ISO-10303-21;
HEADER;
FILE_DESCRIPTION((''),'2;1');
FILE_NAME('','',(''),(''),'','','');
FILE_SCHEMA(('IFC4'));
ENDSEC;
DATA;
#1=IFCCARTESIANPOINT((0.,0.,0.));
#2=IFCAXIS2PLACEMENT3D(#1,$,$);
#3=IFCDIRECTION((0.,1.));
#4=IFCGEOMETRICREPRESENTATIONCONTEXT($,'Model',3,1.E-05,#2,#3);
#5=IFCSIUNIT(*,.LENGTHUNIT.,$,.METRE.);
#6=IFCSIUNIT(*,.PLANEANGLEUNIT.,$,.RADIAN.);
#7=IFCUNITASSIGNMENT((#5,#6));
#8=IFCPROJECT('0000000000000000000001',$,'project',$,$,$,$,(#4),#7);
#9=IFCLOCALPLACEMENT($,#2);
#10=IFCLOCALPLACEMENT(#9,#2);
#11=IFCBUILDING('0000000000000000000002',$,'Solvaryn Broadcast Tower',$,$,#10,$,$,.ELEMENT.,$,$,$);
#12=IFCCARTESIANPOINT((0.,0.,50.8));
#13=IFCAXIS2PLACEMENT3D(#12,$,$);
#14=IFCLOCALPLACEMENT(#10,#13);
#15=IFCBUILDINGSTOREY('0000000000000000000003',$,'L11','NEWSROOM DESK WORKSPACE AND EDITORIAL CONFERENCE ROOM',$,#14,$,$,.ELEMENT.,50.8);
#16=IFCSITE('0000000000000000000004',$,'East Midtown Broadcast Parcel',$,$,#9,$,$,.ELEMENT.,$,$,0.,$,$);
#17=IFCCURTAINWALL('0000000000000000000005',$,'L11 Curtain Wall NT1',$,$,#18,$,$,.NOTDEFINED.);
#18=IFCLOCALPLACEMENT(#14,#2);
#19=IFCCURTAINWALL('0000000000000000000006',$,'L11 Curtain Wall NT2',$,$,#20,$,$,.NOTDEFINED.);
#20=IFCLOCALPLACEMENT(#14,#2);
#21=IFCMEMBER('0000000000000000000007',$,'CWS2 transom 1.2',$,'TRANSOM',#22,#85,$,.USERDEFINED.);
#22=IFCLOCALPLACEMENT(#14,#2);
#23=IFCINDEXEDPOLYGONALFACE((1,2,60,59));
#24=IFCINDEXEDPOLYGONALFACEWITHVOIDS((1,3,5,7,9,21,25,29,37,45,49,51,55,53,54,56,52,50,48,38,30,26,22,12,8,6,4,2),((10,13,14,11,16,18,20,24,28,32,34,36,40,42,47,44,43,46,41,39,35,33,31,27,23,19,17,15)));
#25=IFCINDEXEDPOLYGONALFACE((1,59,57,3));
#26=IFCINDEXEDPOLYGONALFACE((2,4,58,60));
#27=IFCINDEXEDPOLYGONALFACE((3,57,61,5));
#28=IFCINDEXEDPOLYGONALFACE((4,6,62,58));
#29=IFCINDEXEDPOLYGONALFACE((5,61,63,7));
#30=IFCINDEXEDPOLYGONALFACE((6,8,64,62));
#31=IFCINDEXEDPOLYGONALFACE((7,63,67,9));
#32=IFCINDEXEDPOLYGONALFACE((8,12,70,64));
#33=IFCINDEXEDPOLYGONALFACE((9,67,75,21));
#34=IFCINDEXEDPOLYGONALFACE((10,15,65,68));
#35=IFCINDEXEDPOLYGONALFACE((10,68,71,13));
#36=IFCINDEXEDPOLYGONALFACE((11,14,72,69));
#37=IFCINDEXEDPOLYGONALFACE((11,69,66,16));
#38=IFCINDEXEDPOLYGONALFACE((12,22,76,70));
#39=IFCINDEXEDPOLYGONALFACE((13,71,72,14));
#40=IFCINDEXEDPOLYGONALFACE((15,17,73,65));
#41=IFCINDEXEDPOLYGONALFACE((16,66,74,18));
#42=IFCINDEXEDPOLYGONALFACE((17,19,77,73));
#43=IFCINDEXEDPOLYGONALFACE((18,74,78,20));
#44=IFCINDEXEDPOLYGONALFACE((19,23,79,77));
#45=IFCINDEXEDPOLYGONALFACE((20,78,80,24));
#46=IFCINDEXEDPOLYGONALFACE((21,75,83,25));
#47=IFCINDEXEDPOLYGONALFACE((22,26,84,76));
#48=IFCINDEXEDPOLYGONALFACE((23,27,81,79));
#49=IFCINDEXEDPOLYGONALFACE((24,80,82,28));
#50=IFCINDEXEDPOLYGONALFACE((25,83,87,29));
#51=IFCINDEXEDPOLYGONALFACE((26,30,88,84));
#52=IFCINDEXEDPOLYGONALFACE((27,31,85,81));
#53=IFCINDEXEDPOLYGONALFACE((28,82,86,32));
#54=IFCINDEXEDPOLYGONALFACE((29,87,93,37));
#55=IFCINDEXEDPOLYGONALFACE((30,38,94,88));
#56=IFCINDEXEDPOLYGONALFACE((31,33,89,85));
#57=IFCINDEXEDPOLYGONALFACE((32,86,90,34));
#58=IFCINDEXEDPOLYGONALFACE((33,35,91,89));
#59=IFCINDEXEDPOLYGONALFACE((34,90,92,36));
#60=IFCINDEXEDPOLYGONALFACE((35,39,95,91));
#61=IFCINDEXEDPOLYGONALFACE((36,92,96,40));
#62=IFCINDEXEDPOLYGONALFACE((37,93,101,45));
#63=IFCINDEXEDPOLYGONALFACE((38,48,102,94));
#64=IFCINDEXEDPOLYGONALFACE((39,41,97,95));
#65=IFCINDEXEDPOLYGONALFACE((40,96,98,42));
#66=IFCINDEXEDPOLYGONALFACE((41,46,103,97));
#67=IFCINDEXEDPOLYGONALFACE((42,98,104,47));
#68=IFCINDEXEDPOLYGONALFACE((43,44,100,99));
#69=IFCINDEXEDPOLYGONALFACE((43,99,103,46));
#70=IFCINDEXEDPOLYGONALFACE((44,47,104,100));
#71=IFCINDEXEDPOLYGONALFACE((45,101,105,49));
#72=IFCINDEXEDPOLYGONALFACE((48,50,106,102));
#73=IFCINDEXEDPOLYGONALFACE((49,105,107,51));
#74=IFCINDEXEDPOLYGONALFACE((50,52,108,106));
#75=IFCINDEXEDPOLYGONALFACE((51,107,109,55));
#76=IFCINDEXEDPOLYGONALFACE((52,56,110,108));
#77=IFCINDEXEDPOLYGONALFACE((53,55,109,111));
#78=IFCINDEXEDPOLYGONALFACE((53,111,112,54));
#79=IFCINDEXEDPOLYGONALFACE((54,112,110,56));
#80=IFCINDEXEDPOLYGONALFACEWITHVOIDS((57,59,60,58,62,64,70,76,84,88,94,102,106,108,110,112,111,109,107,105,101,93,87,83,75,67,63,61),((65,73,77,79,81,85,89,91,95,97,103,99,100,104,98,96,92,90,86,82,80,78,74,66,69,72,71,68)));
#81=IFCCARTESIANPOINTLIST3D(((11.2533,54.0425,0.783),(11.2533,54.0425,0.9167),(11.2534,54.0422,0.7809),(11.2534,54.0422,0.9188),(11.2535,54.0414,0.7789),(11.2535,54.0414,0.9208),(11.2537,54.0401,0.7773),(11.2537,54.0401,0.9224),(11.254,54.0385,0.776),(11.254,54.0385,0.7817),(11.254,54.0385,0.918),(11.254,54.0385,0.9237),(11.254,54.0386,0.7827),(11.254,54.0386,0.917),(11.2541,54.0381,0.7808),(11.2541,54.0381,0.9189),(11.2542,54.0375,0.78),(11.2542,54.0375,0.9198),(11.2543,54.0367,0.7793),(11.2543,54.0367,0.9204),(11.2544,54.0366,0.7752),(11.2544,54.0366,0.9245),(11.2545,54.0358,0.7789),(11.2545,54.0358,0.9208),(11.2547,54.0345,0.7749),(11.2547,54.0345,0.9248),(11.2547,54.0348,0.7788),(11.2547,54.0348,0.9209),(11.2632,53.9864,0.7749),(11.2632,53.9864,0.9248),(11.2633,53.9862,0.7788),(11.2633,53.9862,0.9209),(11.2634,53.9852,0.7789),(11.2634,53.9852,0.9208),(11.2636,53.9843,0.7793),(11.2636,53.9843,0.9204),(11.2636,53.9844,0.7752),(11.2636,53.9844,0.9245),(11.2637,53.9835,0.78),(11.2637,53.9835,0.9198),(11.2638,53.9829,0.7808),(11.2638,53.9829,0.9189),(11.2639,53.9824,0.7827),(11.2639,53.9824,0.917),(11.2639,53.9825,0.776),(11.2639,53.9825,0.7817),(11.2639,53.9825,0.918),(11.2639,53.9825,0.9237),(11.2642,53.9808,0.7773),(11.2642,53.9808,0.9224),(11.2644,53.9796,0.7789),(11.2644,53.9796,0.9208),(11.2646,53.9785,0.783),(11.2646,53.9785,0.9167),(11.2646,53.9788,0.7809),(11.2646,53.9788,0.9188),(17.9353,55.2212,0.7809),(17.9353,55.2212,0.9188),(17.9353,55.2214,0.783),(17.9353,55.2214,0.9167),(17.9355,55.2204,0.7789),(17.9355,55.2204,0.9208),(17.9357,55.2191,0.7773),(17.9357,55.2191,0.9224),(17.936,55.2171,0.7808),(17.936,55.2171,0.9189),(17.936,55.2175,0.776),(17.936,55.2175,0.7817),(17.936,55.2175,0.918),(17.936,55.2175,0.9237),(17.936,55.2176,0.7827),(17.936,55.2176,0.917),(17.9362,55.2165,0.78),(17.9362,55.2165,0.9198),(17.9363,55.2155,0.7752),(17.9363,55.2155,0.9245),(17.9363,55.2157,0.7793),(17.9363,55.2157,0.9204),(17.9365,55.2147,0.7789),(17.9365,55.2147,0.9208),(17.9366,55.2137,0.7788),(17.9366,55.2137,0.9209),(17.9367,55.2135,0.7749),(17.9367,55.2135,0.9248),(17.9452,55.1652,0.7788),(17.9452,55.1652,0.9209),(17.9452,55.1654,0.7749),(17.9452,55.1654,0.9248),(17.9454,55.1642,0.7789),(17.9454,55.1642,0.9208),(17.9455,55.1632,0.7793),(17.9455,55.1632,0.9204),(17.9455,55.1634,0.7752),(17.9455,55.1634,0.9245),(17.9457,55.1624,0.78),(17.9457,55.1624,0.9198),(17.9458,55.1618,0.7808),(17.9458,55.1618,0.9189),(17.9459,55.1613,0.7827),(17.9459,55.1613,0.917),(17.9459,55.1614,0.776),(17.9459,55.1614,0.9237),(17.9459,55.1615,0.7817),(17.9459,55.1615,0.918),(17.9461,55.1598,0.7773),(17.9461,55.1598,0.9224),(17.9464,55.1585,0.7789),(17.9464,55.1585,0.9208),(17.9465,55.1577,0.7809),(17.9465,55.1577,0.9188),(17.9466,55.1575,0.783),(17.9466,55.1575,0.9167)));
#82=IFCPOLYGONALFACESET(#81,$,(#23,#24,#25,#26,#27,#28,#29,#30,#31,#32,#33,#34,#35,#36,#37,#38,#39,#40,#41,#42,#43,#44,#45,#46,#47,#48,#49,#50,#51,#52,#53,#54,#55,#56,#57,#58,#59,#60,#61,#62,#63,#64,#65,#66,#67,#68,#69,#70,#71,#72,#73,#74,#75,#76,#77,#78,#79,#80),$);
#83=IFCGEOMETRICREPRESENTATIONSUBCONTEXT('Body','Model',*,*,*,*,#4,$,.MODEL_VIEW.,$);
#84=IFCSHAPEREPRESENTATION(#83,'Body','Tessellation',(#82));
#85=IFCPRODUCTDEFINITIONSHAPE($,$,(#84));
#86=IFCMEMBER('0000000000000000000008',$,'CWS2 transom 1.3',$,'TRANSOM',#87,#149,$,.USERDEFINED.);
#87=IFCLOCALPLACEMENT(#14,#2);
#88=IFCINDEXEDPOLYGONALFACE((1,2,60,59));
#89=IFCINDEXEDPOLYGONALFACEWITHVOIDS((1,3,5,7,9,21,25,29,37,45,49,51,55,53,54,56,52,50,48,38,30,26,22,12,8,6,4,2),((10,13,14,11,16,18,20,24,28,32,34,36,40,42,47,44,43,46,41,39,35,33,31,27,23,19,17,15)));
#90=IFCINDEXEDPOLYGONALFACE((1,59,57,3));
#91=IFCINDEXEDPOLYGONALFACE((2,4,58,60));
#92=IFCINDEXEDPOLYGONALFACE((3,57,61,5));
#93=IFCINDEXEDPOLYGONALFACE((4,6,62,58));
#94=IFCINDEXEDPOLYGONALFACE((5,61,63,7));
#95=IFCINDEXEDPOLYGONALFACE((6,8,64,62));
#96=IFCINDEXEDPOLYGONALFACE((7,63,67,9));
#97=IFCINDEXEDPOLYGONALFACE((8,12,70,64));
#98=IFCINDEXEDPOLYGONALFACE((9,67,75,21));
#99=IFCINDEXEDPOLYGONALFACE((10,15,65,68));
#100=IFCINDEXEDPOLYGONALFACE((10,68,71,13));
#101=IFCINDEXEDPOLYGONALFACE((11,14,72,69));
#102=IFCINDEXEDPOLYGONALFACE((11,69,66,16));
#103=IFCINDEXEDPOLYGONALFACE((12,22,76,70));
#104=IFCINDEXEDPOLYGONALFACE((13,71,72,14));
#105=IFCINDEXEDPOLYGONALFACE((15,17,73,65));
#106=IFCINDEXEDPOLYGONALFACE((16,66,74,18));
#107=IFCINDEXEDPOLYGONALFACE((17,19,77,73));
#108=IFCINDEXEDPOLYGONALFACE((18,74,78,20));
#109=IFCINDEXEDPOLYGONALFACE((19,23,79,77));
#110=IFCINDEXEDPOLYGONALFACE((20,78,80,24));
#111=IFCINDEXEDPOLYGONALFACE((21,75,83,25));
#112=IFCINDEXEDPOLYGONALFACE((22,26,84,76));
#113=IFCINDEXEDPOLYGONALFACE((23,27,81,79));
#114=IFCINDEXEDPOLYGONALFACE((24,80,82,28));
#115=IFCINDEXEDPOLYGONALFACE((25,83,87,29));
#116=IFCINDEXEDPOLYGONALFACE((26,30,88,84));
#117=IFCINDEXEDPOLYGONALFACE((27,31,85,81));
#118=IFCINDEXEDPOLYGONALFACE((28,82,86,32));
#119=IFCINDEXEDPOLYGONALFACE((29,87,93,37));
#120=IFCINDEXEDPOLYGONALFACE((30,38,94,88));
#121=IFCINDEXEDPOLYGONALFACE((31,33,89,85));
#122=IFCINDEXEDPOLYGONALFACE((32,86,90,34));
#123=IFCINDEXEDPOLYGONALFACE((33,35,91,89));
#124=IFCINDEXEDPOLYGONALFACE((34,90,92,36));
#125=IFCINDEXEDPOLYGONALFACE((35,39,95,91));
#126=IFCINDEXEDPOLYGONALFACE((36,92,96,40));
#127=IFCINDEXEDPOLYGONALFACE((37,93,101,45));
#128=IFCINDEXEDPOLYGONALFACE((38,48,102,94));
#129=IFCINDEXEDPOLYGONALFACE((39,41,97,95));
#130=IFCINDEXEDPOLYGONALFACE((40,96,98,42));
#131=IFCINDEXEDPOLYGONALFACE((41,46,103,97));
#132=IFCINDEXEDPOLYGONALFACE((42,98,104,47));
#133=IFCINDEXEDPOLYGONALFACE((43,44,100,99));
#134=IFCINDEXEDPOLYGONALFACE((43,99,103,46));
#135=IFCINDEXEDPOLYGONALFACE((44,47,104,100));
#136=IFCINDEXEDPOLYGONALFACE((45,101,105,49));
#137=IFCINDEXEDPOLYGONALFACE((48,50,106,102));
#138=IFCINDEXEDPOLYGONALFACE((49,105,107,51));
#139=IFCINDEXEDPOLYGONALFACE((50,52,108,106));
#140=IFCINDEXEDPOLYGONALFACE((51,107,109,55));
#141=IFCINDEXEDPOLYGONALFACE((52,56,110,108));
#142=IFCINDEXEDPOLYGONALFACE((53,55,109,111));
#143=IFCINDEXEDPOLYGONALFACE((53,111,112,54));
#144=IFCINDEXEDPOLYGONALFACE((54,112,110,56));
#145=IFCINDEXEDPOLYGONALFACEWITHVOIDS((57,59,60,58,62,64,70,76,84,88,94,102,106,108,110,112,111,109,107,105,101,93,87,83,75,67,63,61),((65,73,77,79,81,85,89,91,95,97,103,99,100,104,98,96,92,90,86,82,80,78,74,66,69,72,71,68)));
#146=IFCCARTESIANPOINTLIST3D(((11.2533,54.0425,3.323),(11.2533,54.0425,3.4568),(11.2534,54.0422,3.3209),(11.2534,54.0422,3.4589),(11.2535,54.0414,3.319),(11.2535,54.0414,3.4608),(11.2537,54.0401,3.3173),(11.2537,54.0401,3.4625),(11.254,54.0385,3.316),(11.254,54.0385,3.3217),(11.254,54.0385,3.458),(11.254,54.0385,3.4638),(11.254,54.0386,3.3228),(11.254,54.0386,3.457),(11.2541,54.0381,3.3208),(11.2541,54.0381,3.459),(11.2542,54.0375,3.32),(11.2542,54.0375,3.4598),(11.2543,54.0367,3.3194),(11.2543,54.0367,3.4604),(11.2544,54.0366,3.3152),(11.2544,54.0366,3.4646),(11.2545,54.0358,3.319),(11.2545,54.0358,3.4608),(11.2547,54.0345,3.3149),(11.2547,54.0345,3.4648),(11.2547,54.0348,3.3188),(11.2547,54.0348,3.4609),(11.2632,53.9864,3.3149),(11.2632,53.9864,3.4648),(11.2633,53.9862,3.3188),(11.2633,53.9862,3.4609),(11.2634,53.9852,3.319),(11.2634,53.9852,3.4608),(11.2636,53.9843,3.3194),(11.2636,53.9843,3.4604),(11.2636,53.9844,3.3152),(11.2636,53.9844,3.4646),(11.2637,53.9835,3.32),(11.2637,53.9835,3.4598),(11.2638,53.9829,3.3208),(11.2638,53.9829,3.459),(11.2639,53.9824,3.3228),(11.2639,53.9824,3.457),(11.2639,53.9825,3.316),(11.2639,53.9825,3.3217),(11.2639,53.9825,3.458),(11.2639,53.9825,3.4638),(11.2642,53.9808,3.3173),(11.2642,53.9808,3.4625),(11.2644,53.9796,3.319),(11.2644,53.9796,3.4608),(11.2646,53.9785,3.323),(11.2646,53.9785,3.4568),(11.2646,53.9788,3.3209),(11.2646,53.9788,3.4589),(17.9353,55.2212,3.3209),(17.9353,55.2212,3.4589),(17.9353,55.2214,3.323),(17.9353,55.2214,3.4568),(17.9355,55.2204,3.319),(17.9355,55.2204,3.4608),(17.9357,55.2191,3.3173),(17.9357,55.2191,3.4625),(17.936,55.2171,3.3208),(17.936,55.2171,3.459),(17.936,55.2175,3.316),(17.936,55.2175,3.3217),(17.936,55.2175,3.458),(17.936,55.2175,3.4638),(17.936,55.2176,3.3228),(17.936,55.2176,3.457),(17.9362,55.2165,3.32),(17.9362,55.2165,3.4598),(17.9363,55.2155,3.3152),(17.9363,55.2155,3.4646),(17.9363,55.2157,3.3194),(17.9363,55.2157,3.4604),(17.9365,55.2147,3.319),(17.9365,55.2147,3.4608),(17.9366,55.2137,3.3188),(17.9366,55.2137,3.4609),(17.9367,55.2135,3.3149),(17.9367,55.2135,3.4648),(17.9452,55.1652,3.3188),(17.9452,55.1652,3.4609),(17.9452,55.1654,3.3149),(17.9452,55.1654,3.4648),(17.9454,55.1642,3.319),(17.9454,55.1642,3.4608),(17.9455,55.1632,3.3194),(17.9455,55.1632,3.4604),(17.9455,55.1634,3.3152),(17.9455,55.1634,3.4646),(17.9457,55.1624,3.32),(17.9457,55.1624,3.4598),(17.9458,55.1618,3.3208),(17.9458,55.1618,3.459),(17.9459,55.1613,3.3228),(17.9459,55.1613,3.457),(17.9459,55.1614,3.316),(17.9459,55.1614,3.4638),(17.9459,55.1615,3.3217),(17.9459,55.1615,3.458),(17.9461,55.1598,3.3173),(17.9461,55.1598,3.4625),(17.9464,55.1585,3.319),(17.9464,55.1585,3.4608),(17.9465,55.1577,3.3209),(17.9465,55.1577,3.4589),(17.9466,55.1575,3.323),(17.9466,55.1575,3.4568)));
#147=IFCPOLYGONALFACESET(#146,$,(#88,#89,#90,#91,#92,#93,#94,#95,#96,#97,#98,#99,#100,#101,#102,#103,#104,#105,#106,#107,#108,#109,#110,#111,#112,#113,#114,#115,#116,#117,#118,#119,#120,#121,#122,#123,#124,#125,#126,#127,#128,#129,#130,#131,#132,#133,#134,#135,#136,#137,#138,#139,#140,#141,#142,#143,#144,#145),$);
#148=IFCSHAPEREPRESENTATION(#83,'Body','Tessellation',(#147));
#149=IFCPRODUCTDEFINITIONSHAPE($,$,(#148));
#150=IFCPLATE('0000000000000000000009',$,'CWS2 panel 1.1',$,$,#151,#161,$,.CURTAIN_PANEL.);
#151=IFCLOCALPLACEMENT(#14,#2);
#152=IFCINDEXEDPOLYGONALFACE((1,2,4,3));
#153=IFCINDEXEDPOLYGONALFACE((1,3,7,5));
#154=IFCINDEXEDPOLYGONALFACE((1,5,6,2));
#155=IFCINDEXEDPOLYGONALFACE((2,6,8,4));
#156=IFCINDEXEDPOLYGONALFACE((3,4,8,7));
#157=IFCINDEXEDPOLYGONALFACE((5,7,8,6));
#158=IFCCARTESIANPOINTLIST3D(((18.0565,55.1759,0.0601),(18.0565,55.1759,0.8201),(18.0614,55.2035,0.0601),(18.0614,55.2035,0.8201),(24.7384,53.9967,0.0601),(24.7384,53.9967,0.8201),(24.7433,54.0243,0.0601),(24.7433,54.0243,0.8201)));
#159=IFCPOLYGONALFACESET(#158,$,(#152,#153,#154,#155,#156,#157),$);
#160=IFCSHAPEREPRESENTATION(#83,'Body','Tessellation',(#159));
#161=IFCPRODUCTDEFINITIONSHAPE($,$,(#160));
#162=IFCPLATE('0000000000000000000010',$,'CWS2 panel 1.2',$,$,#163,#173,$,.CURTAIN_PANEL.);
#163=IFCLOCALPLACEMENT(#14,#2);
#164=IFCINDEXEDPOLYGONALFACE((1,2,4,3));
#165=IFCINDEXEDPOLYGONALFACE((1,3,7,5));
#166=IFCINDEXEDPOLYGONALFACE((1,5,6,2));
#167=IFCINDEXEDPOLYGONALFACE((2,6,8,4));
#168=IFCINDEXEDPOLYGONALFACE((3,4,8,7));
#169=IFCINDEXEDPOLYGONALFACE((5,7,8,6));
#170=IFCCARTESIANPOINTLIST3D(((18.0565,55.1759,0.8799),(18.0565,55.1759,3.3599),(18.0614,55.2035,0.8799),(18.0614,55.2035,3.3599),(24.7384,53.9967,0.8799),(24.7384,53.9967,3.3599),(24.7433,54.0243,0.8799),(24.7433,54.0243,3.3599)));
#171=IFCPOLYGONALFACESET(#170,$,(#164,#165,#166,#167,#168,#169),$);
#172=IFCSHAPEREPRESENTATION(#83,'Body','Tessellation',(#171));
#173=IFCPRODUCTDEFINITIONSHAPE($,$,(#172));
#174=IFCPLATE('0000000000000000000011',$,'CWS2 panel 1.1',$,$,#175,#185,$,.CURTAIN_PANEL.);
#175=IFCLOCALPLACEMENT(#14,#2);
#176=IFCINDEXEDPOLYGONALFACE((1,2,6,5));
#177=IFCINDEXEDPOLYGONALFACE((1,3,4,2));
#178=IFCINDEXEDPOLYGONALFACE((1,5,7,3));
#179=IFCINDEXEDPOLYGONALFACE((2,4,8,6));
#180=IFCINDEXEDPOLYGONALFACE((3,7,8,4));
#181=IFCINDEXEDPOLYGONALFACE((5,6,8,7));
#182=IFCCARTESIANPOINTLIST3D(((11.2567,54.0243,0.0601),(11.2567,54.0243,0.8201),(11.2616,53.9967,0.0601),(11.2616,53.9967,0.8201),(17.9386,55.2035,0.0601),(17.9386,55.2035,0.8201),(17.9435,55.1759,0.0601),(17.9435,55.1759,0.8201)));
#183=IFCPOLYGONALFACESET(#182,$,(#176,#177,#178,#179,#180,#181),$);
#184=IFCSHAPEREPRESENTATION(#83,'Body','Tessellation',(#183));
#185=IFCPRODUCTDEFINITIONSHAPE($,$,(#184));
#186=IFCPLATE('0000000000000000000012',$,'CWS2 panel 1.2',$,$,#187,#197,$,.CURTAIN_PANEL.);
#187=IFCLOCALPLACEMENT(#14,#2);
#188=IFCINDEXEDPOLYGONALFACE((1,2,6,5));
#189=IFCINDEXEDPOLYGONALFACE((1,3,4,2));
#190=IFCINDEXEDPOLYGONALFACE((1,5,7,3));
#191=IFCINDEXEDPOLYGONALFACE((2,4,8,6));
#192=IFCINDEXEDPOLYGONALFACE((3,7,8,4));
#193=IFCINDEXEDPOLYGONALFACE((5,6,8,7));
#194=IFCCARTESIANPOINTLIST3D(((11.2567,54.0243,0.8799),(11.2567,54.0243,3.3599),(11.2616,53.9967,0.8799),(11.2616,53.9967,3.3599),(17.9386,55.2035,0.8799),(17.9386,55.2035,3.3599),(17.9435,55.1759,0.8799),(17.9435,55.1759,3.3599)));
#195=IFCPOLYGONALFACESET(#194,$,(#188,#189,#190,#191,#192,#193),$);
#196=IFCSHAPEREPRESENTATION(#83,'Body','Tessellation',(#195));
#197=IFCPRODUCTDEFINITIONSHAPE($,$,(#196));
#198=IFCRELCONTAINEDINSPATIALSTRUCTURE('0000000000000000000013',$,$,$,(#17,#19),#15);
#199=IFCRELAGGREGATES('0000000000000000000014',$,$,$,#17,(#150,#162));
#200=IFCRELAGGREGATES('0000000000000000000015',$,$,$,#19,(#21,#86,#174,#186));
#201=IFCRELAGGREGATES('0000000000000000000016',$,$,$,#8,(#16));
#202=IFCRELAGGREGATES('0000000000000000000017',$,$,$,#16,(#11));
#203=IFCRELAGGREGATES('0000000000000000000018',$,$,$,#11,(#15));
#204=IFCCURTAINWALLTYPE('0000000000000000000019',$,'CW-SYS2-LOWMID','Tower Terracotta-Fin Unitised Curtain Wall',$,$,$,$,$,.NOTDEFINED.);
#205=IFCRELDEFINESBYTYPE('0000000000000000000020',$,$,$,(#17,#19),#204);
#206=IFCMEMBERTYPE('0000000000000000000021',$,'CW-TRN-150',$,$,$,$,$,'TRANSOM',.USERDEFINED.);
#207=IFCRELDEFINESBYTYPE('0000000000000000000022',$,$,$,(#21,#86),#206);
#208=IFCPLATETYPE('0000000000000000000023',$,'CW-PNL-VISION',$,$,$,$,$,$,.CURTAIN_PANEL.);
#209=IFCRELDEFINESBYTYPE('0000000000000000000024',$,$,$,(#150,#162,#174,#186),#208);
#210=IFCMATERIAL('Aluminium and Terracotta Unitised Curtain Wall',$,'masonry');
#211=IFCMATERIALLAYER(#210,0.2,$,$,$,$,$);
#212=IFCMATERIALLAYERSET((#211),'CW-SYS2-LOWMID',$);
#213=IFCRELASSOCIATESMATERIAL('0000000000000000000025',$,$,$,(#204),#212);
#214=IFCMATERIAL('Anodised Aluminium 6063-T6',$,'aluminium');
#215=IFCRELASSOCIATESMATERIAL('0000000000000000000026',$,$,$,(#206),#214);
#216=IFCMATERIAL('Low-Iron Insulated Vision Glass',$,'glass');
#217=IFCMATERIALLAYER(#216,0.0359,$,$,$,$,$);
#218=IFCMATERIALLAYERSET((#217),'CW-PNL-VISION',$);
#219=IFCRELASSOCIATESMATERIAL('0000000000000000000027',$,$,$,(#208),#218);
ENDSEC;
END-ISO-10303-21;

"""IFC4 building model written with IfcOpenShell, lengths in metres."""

from ifc_helpers import new_model, si_unit, direction, frame, origin, origin_2d, place, context, subcontext, project, spatial, rectangle, hollow_rectangle, extrude, material, layer, layer_set, material_profile, profile_set, type_object, element, aggregate, save


model = new_model("IFC4")

# Units and contexts
model_context = context("Model", 3, precision=1e-05, world=origin(), true_north=direction((0.0, 1.0)))
body_context = subcontext(model_context, "Body", "Model", "MODEL_VIEW")
ifc_project = project(units=[si_unit("LENGTHUNIT", "METRE"), si_unit("PLANEANGLEUNIT", "RADIAN")], contexts=[model_context])

# Site, building, storey
site_placement = place(None, origin())
site = spatial("IfcSite", under=ifc_project, at=site_placement, Name="East Midtown Broadcast Parcel", CompositionType="ELEMENT", RefElevation=0.0)
building_placement = place(site_placement, origin())
building = spatial("IfcBuilding", under=site, at=building_placement, Name="Solvaryn Broadcast Tower", CompositionType="ELEMENT")
storey_placement = place(building_placement, frame((0.0, 0.0, 50.8)))
storey = spatial("IfcBuildingStorey", under=building, at=storey_placement, Name="L11", Description="NEWSROOM DESK WORKSPACE AND EDITORIAL CONFERENCE ROOM", CompositionType="ELEMENT", Elevation=50.8)

# Curtain wall
ifc_material_1 = material(Name="Aluminium and Terracotta Unitised Curtain Wall", Category="masonry")
ifc_layer_1 = layer(ifc_material_1, 0.2)
ifc_layer_set_1 = layer_set([ifc_layer_1], Name="CW-SYS2-LOWMID")
curtain_wall_type = type_object("IfcCurtainWallType", Name="CW-SYS2-LOWMID", Description="Tower Terracotta-Fin Unitised Curtain Wall", PredefinedType="NOTDEFINED", material=ifc_layer_set_1)
curtain_wall_1_placement = place(storey_placement, origin())
curtain_wall_1 = element("IfcCurtainWall", 1, at=curtain_wall_1_placement, inside=storey, type_object=curtain_wall_type, Name="L11 Curtain Wall NT1", PredefinedType="NOTDEFINED")

# Curtain wall, members
curtain_wall_2_placement = place(storey_placement, origin())
curtain_wall_2 = element("IfcCurtainWall", 2, at=curtain_wall_2_placement, inside=storey, type_object=curtain_wall_type, Name="L11 Curtain Wall NT2", PredefinedType="NOTDEFINED")
ifc_material_2 = material(Name="Anodised Aluminium 6063-T6", Category="aluminium")
ifc_material_profile_1 = material_profile(ifc_material_2, hollow_rectangle(XDim=0.0649, YDim=0.1499, WallThickness=0.0039, InnerFilletRadius=0.0039, OuterFilletRadius=0.0081, at=origin_2d()))
ifc_profile_set_1 = profile_set([ifc_material_profile_1], Name="Anodised Aluminium 6063-T6")
member_type_1 = type_object("IfcMemberType", Name="CW-TRN-150", ElementType="TRANSOM", PredefinedType="USERDEFINED", material=ifc_profile_set_1)
member_1_placement = place(storey_placement, frame((17.9409, 55.1895, 0.8499), z_axis=(-0.984789, -0.173757, 0.0), x_axis=(0.173757, -0.984789, 0.0)))
member_1 = element("IfcMember", 3, at=member_1_placement, type_object=member_type_1, Name="CWS2 transom 1.2", ObjectType="TRANSOM", PredefinedType="USERDEFINED", context=body_context, shape_type="SweptSolid", body=[
    extrude(hollow_rectangle(XDim=0.0649, YDim=0.1499, WallThickness=0.0039, InnerFilletRadius=0.0039, OuterFilletRadius=0.0081, at=origin_2d()), origin(), (0.0, 0.0, 1.0), 6.7852),
])
member_2_placement = place(storey_placement, frame((17.9409, 55.1895, 3.3899), z_axis=(-0.984789, -0.173757, 0.0), x_axis=(0.173757, -0.984789, 0.0)))
member_2 = element("IfcMember", 4, at=member_2_placement, type_object=member_type_1, Name="CWS2 transom 1.3", ObjectType="TRANSOM", PredefinedType="USERDEFINED", context=body_context, shape_type="SweptSolid", body=[
    extrude(hollow_rectangle(XDim=0.0649, YDim=0.1499, WallThickness=0.0039, InnerFilletRadius=0.0039, OuterFilletRadius=0.0081, at=origin_2d()), origin(), (0.0, 0.0, 1.0), 6.7852),
])

# Plates
ifc_material_3 = material(Name="Low-Iron Insulated Vision Glass", Category="glass")
ifc_layer_2 = layer(ifc_material_3, 0.0359)
ifc_layer_set_2 = layer_set([ifc_layer_2], Name="CW-PNL-VISION")
plate_type = type_object("IfcPlateType", Name="CW-PNL-VISION", PredefinedType="CURTAIN_PANEL", material=ifc_layer_set_2)
plate_1_placement = place(storey_placement, frame((21.3999, 54.6001, 0.0601), z_axis=(0.0, 0.0, 1.0), x_axis=(-0.984784, 0.173785, 0.0)))
plate_1 = element("IfcPlate", 5, at=plate_1_placement, type_object=plate_type, Name="CWS2 panel 1.1", PredefinedType="CURTAIN_PANEL", context=body_context, shape_type="SweptSolid", body=[
    extrude(rectangle(XDim=6.7852, YDim=0.0281, at=origin_2d()), origin(), (0.0, 0.0, 1.0), 0.76),
])
plate_2_placement = place(storey_placement, frame((21.3999, 54.6001, 0.8799), z_axis=(0.0, 0.0, 1.0), x_axis=(-0.984784, 0.173785, 0.0)))
plate_2 = element("IfcPlate", 6, at=plate_2_placement, type_object=plate_type, Name="CWS2 panel 1.2", PredefinedType="CURTAIN_PANEL", context=body_context, shape_type="SweptSolid", body=[
    extrude(rectangle(XDim=6.7852, YDim=0.0281, at=origin_2d()), origin(), (0.0, 0.0, 1.0), 2.48),
])
aggregate(curtain_wall_1, [plate_1, plate_2])
plate_3_placement = place(storey_placement, frame((14.6001, 54.6001, 0.0601), z_axis=(0.0, 0.0, 1.0), x_axis=(-0.984784, -0.173785, 0.0)))
plate_3 = element("IfcPlate", 7, at=plate_3_placement, type_object=plate_type, Name="CWS2 panel 1.1", PredefinedType="CURTAIN_PANEL", context=body_context, shape_type="SweptSolid", body=[
    extrude(rectangle(XDim=6.7852, YDim=0.0281, at=origin_2d()), origin(), (0.0, 0.0, 1.0), 0.76),
])
plate_4_placement = place(storey_placement, frame((14.6001, 54.6001, 0.8799), z_axis=(0.0, 0.0, 1.0), x_axis=(-0.984784, -0.173785, 0.0)))
plate_4 = element("IfcPlate", 8, at=plate_4_placement, type_object=plate_type, Name="CWS2 panel 1.2", PredefinedType="CURTAIN_PANEL", context=body_context, shape_type="SweptSolid", body=[
    extrude(rectangle(XDim=6.7852, YDim=0.0281, at=origin_2d()), origin(), (0.0, 0.0, 1.0), 2.48),
])
aggregate(curtain_wall_2, [member_1, member_2, plate_3, plate_4])

save(model, "model.ifc")
